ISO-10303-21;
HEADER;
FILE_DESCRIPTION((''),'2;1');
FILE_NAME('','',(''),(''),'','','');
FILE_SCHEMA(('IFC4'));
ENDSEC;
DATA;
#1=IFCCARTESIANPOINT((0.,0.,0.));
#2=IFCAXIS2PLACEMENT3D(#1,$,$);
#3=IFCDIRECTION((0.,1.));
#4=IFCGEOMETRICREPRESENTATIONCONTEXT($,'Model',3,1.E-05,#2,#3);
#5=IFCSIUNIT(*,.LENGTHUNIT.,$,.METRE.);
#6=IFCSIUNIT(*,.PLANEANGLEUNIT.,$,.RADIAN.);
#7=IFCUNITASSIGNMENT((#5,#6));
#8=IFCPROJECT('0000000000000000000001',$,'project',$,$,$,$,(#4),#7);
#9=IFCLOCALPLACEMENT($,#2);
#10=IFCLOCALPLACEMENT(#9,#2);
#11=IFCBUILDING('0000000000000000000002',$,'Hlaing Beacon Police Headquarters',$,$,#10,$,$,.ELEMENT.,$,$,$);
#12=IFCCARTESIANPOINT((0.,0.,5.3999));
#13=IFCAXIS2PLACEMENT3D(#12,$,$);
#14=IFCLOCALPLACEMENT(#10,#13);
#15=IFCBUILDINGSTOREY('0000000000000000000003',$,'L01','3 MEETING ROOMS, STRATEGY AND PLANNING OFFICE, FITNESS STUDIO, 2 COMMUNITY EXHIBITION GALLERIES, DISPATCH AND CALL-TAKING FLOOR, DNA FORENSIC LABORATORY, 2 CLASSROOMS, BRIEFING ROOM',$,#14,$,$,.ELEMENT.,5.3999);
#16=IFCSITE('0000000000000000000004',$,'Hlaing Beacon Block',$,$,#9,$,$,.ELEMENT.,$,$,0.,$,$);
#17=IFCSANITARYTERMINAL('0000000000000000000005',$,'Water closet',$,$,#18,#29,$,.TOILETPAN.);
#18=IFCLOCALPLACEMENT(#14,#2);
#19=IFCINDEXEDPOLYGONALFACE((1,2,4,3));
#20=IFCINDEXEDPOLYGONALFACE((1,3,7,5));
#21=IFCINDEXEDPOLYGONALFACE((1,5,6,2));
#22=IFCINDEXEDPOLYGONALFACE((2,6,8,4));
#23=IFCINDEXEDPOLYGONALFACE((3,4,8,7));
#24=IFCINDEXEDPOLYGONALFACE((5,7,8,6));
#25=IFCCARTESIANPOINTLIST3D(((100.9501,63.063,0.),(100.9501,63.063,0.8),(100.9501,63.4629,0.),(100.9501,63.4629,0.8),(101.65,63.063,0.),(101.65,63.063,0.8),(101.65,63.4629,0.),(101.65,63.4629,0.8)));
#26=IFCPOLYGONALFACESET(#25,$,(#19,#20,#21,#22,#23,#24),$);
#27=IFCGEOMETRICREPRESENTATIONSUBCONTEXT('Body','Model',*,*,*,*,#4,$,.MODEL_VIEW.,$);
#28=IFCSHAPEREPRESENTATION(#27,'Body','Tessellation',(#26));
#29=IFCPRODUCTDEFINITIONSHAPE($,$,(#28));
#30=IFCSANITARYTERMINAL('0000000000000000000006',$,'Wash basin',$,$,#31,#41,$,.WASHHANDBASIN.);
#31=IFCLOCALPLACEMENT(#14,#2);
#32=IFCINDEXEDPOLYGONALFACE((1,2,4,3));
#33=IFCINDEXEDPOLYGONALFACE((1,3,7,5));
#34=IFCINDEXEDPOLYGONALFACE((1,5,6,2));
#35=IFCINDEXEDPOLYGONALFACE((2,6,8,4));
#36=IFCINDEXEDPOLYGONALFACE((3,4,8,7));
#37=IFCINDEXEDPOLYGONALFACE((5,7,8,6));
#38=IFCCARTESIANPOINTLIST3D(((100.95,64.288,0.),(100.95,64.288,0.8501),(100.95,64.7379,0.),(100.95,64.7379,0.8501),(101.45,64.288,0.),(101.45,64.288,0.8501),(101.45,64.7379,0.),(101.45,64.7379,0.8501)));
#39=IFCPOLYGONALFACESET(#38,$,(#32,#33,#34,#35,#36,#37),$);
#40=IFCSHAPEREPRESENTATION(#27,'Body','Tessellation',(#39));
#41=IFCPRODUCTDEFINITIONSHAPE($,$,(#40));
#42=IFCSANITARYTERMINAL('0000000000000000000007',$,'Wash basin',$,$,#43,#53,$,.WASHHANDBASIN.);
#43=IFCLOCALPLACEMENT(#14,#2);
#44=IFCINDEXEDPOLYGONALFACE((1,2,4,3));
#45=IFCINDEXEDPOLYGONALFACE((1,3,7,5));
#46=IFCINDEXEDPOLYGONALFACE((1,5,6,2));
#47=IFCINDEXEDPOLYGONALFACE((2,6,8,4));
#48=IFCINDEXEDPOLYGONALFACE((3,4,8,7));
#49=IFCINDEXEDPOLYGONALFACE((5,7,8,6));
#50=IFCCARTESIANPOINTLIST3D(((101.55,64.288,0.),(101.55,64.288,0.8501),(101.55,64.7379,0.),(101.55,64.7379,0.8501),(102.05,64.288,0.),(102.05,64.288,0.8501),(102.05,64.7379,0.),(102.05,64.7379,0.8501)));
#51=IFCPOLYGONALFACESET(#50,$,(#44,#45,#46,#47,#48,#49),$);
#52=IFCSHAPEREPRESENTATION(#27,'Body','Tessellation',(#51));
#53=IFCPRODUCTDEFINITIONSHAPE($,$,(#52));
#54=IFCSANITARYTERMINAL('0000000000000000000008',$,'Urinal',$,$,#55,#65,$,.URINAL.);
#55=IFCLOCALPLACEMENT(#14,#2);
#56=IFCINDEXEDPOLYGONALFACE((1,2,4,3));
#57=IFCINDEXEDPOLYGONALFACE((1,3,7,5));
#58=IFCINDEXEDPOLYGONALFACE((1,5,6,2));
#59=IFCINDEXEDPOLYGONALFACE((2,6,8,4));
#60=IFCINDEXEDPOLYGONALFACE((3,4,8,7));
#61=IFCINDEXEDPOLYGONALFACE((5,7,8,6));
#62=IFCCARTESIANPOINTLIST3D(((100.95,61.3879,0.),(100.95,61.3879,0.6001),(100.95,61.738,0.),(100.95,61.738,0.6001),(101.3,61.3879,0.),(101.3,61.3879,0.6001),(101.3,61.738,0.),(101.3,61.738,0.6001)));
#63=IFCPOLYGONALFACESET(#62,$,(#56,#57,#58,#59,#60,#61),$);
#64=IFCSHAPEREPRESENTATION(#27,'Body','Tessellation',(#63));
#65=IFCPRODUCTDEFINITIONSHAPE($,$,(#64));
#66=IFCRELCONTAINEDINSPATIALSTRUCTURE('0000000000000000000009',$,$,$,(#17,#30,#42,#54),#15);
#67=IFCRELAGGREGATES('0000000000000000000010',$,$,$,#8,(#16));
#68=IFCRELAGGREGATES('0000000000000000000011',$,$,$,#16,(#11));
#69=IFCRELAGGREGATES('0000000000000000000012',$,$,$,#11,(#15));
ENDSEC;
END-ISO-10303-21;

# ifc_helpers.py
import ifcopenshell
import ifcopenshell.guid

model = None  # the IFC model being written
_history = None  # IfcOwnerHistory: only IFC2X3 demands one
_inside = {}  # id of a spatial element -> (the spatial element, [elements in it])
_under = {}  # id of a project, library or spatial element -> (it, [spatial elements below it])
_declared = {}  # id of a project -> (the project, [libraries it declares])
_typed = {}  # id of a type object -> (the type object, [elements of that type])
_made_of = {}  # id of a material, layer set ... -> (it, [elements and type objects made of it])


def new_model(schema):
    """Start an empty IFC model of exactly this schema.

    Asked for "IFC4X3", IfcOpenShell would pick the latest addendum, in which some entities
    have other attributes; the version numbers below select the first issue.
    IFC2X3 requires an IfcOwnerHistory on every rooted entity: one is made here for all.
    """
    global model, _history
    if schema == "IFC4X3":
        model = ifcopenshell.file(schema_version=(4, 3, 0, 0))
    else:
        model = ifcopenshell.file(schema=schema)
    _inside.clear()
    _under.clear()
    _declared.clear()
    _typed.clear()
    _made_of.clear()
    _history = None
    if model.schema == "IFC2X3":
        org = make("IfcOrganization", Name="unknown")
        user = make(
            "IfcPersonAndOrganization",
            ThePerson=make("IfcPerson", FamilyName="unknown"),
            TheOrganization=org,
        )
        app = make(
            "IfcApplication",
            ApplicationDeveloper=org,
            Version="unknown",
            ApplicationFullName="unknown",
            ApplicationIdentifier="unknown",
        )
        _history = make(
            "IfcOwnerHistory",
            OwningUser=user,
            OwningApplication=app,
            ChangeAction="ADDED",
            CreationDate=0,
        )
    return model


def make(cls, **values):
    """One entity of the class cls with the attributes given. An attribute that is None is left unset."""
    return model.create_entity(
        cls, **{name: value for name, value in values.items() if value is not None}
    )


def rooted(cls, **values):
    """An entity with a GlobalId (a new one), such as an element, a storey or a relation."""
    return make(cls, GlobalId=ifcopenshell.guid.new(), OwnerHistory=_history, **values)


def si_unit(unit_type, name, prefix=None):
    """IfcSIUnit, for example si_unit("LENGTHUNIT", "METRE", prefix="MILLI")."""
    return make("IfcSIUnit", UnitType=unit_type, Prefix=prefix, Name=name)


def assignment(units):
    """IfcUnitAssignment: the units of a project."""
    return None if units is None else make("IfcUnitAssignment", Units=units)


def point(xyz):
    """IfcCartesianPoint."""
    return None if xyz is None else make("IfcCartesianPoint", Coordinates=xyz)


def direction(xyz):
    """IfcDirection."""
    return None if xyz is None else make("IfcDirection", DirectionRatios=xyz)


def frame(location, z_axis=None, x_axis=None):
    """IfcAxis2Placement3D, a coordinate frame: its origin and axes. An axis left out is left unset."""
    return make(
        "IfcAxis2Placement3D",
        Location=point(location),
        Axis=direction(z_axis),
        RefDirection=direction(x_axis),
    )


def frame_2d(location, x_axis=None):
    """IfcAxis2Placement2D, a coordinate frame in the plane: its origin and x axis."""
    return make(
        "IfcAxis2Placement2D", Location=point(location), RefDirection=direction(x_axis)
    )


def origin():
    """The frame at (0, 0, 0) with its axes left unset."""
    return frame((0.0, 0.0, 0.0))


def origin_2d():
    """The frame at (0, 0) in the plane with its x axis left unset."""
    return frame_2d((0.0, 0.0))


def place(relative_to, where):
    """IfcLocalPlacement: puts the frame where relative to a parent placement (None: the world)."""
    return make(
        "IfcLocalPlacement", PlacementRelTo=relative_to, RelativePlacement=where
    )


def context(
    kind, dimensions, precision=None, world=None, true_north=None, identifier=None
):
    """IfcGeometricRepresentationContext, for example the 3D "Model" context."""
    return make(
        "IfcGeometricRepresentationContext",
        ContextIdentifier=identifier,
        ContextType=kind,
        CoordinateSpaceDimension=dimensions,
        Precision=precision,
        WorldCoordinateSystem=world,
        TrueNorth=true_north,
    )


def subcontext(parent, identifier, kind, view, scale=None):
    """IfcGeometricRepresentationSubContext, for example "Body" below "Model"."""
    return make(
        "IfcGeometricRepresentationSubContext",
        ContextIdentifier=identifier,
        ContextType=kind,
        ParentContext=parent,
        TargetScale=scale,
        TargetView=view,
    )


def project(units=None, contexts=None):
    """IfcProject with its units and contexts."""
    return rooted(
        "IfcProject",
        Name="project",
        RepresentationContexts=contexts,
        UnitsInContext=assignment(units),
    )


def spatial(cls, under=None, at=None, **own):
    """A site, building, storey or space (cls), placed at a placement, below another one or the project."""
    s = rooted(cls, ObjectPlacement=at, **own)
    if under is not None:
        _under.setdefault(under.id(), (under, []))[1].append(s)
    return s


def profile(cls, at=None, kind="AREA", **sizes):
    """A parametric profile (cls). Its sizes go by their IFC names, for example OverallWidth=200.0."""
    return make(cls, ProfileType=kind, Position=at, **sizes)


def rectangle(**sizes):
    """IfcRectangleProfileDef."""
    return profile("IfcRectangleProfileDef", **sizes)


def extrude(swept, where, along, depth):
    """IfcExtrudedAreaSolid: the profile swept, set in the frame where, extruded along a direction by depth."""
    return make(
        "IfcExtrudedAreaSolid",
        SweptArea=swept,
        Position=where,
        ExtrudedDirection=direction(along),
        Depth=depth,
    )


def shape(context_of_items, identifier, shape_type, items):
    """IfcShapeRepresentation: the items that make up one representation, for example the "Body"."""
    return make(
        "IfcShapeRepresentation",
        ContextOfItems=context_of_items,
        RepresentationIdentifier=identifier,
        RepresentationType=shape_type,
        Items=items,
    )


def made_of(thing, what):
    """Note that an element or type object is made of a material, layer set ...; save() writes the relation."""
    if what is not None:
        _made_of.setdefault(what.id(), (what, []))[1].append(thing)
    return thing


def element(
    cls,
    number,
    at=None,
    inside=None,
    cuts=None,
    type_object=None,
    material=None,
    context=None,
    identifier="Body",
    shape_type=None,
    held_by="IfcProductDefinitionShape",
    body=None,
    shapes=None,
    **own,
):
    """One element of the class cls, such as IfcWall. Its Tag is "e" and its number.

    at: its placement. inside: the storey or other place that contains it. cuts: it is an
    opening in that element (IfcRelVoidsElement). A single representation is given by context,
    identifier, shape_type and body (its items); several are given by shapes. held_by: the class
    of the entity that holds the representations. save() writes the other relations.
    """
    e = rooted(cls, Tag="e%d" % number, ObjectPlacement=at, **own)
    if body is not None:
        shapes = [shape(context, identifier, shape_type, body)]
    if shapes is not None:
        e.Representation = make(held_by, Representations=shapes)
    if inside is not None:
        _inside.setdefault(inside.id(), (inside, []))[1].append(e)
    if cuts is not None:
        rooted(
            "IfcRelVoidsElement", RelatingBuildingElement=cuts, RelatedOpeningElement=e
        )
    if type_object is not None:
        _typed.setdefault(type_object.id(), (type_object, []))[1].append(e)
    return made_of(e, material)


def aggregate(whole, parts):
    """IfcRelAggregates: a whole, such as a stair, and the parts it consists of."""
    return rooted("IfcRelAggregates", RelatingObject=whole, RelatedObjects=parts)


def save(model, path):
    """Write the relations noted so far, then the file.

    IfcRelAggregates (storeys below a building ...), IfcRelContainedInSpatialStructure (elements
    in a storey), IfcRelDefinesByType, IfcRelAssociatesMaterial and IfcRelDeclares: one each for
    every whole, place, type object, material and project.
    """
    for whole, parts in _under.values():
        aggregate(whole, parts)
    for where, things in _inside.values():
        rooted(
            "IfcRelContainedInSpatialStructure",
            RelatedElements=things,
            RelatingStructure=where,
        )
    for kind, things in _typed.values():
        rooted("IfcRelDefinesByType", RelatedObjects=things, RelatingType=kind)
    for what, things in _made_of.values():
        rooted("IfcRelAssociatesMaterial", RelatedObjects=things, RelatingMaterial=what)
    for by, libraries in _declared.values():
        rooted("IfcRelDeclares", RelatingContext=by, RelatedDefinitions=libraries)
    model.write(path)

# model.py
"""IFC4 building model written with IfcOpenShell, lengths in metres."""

from ifc_helpers import new_model, si_unit, direction, frame, origin, origin_2d, place, context, subcontext, project, spatial, rectangle, extrude, element, save


model = new_model("IFC4")

# Units and contexts
model_context = context("Model", 3, precision=1e-05, world=origin(), true_north=direction((0.0, 1.0)))
body_context = subcontext(model_context, "Body", "Model", "MODEL_VIEW")
ifc_project = project(units=[si_unit("LENGTHUNIT", "METRE"), si_unit("PLANEANGLEUNIT", "RADIAN")], contexts=[model_context])

# Site, building, storey
site_placement = place(None, origin())
site = spatial("IfcSite", under=ifc_project, at=site_placement, Name="Hlaing Beacon Block", CompositionType="ELEMENT", RefElevation=0.0)
building_placement = place(site_placement, origin())
building = spatial("IfcBuilding", under=site, at=building_placement, Name="Hlaing Beacon Police Headquarters", CompositionType="ELEMENT")
storey_placement = place(building_placement, frame((0.0, 0.0, 5.3999)))
storey = spatial("IfcBuildingStorey", under=building, at=storey_placement, Name="L01", Description="3 MEETING ROOMS, STRATEGY AND PLANNING OFFICE, FITNESS STUDIO, 2 COMMUNITY EXHIBITION GALLERIES, DISPATCH AND CALL-TAKING FLOOR, DNA FORENSIC LABORATORY, 2 CLASSROOMS, BRIEFING ROOM", CompositionType="ELEMENT", Elevation=5.3999)

# Sanitary terminals
for number, where, z_axis, x_axis, name in (
    (1, (101.3, 63.2629, 0.0), (0.0, 0.0, 1.0), (1.0, 0.0, 0.0), "Water closet"),
):
    element("IfcSanitaryTerminal", number, at=place(storey_placement, frame(where, z_axis=z_axis, x_axis=x_axis)), inside=storey, Name=name, PredefinedType="TOILETPAN", context=body_context, shape_type="SweptSolid", body=[
        extrude(rectangle(XDim=0.7, YDim=0.3999, at=origin_2d()), origin(), (0.0, 0.0, 1.0), 0.8),
    ])
for number, where, z_axis, x_axis, name in (
    (2, (101.2, 64.5129, 0.0), (0.0, 0.0, 1.0), (1.0, 0.0, 0.0), "Wash basin"),
    (3, (101.8, 64.5129, 0.0), (0.0, 0.0, 1.0), (1.0, 0.0, 0.0), "Wash basin"),
):
    element("IfcSanitaryTerminal", number, at=place(storey_placement, frame(where, z_axis=z_axis, x_axis=x_axis)), inside=storey, Name=name, PredefinedType="WASHHANDBASIN", context=body_context, shape_type="SweptSolid", body=[
        extrude(rectangle(XDim=0.5, YDim=0.45, at=origin_2d()), origin(), (0.0, 0.0, 1.0), 0.8501),
    ])
sanitary_terminal_1_placement = place(storey_placement, frame((101.125, 61.563, 0.0), z_axis=(0.0, 0.0, 1.0), x_axis=(1.0, 0.0, 0.0)))
element("IfcSanitaryTerminal", 4, at=sanitary_terminal_1_placement, inside=storey, Name="Urinal", PredefinedType="URINAL", context=body_context, shape_type="SweptSolid", body=[
    extrude(rectangle(XDim=0.3501, YDim=0.3501, at=origin_2d()), origin(), (0.0, 0.0, 1.0), 0.6001),
])

save(model, "model.ifc")
